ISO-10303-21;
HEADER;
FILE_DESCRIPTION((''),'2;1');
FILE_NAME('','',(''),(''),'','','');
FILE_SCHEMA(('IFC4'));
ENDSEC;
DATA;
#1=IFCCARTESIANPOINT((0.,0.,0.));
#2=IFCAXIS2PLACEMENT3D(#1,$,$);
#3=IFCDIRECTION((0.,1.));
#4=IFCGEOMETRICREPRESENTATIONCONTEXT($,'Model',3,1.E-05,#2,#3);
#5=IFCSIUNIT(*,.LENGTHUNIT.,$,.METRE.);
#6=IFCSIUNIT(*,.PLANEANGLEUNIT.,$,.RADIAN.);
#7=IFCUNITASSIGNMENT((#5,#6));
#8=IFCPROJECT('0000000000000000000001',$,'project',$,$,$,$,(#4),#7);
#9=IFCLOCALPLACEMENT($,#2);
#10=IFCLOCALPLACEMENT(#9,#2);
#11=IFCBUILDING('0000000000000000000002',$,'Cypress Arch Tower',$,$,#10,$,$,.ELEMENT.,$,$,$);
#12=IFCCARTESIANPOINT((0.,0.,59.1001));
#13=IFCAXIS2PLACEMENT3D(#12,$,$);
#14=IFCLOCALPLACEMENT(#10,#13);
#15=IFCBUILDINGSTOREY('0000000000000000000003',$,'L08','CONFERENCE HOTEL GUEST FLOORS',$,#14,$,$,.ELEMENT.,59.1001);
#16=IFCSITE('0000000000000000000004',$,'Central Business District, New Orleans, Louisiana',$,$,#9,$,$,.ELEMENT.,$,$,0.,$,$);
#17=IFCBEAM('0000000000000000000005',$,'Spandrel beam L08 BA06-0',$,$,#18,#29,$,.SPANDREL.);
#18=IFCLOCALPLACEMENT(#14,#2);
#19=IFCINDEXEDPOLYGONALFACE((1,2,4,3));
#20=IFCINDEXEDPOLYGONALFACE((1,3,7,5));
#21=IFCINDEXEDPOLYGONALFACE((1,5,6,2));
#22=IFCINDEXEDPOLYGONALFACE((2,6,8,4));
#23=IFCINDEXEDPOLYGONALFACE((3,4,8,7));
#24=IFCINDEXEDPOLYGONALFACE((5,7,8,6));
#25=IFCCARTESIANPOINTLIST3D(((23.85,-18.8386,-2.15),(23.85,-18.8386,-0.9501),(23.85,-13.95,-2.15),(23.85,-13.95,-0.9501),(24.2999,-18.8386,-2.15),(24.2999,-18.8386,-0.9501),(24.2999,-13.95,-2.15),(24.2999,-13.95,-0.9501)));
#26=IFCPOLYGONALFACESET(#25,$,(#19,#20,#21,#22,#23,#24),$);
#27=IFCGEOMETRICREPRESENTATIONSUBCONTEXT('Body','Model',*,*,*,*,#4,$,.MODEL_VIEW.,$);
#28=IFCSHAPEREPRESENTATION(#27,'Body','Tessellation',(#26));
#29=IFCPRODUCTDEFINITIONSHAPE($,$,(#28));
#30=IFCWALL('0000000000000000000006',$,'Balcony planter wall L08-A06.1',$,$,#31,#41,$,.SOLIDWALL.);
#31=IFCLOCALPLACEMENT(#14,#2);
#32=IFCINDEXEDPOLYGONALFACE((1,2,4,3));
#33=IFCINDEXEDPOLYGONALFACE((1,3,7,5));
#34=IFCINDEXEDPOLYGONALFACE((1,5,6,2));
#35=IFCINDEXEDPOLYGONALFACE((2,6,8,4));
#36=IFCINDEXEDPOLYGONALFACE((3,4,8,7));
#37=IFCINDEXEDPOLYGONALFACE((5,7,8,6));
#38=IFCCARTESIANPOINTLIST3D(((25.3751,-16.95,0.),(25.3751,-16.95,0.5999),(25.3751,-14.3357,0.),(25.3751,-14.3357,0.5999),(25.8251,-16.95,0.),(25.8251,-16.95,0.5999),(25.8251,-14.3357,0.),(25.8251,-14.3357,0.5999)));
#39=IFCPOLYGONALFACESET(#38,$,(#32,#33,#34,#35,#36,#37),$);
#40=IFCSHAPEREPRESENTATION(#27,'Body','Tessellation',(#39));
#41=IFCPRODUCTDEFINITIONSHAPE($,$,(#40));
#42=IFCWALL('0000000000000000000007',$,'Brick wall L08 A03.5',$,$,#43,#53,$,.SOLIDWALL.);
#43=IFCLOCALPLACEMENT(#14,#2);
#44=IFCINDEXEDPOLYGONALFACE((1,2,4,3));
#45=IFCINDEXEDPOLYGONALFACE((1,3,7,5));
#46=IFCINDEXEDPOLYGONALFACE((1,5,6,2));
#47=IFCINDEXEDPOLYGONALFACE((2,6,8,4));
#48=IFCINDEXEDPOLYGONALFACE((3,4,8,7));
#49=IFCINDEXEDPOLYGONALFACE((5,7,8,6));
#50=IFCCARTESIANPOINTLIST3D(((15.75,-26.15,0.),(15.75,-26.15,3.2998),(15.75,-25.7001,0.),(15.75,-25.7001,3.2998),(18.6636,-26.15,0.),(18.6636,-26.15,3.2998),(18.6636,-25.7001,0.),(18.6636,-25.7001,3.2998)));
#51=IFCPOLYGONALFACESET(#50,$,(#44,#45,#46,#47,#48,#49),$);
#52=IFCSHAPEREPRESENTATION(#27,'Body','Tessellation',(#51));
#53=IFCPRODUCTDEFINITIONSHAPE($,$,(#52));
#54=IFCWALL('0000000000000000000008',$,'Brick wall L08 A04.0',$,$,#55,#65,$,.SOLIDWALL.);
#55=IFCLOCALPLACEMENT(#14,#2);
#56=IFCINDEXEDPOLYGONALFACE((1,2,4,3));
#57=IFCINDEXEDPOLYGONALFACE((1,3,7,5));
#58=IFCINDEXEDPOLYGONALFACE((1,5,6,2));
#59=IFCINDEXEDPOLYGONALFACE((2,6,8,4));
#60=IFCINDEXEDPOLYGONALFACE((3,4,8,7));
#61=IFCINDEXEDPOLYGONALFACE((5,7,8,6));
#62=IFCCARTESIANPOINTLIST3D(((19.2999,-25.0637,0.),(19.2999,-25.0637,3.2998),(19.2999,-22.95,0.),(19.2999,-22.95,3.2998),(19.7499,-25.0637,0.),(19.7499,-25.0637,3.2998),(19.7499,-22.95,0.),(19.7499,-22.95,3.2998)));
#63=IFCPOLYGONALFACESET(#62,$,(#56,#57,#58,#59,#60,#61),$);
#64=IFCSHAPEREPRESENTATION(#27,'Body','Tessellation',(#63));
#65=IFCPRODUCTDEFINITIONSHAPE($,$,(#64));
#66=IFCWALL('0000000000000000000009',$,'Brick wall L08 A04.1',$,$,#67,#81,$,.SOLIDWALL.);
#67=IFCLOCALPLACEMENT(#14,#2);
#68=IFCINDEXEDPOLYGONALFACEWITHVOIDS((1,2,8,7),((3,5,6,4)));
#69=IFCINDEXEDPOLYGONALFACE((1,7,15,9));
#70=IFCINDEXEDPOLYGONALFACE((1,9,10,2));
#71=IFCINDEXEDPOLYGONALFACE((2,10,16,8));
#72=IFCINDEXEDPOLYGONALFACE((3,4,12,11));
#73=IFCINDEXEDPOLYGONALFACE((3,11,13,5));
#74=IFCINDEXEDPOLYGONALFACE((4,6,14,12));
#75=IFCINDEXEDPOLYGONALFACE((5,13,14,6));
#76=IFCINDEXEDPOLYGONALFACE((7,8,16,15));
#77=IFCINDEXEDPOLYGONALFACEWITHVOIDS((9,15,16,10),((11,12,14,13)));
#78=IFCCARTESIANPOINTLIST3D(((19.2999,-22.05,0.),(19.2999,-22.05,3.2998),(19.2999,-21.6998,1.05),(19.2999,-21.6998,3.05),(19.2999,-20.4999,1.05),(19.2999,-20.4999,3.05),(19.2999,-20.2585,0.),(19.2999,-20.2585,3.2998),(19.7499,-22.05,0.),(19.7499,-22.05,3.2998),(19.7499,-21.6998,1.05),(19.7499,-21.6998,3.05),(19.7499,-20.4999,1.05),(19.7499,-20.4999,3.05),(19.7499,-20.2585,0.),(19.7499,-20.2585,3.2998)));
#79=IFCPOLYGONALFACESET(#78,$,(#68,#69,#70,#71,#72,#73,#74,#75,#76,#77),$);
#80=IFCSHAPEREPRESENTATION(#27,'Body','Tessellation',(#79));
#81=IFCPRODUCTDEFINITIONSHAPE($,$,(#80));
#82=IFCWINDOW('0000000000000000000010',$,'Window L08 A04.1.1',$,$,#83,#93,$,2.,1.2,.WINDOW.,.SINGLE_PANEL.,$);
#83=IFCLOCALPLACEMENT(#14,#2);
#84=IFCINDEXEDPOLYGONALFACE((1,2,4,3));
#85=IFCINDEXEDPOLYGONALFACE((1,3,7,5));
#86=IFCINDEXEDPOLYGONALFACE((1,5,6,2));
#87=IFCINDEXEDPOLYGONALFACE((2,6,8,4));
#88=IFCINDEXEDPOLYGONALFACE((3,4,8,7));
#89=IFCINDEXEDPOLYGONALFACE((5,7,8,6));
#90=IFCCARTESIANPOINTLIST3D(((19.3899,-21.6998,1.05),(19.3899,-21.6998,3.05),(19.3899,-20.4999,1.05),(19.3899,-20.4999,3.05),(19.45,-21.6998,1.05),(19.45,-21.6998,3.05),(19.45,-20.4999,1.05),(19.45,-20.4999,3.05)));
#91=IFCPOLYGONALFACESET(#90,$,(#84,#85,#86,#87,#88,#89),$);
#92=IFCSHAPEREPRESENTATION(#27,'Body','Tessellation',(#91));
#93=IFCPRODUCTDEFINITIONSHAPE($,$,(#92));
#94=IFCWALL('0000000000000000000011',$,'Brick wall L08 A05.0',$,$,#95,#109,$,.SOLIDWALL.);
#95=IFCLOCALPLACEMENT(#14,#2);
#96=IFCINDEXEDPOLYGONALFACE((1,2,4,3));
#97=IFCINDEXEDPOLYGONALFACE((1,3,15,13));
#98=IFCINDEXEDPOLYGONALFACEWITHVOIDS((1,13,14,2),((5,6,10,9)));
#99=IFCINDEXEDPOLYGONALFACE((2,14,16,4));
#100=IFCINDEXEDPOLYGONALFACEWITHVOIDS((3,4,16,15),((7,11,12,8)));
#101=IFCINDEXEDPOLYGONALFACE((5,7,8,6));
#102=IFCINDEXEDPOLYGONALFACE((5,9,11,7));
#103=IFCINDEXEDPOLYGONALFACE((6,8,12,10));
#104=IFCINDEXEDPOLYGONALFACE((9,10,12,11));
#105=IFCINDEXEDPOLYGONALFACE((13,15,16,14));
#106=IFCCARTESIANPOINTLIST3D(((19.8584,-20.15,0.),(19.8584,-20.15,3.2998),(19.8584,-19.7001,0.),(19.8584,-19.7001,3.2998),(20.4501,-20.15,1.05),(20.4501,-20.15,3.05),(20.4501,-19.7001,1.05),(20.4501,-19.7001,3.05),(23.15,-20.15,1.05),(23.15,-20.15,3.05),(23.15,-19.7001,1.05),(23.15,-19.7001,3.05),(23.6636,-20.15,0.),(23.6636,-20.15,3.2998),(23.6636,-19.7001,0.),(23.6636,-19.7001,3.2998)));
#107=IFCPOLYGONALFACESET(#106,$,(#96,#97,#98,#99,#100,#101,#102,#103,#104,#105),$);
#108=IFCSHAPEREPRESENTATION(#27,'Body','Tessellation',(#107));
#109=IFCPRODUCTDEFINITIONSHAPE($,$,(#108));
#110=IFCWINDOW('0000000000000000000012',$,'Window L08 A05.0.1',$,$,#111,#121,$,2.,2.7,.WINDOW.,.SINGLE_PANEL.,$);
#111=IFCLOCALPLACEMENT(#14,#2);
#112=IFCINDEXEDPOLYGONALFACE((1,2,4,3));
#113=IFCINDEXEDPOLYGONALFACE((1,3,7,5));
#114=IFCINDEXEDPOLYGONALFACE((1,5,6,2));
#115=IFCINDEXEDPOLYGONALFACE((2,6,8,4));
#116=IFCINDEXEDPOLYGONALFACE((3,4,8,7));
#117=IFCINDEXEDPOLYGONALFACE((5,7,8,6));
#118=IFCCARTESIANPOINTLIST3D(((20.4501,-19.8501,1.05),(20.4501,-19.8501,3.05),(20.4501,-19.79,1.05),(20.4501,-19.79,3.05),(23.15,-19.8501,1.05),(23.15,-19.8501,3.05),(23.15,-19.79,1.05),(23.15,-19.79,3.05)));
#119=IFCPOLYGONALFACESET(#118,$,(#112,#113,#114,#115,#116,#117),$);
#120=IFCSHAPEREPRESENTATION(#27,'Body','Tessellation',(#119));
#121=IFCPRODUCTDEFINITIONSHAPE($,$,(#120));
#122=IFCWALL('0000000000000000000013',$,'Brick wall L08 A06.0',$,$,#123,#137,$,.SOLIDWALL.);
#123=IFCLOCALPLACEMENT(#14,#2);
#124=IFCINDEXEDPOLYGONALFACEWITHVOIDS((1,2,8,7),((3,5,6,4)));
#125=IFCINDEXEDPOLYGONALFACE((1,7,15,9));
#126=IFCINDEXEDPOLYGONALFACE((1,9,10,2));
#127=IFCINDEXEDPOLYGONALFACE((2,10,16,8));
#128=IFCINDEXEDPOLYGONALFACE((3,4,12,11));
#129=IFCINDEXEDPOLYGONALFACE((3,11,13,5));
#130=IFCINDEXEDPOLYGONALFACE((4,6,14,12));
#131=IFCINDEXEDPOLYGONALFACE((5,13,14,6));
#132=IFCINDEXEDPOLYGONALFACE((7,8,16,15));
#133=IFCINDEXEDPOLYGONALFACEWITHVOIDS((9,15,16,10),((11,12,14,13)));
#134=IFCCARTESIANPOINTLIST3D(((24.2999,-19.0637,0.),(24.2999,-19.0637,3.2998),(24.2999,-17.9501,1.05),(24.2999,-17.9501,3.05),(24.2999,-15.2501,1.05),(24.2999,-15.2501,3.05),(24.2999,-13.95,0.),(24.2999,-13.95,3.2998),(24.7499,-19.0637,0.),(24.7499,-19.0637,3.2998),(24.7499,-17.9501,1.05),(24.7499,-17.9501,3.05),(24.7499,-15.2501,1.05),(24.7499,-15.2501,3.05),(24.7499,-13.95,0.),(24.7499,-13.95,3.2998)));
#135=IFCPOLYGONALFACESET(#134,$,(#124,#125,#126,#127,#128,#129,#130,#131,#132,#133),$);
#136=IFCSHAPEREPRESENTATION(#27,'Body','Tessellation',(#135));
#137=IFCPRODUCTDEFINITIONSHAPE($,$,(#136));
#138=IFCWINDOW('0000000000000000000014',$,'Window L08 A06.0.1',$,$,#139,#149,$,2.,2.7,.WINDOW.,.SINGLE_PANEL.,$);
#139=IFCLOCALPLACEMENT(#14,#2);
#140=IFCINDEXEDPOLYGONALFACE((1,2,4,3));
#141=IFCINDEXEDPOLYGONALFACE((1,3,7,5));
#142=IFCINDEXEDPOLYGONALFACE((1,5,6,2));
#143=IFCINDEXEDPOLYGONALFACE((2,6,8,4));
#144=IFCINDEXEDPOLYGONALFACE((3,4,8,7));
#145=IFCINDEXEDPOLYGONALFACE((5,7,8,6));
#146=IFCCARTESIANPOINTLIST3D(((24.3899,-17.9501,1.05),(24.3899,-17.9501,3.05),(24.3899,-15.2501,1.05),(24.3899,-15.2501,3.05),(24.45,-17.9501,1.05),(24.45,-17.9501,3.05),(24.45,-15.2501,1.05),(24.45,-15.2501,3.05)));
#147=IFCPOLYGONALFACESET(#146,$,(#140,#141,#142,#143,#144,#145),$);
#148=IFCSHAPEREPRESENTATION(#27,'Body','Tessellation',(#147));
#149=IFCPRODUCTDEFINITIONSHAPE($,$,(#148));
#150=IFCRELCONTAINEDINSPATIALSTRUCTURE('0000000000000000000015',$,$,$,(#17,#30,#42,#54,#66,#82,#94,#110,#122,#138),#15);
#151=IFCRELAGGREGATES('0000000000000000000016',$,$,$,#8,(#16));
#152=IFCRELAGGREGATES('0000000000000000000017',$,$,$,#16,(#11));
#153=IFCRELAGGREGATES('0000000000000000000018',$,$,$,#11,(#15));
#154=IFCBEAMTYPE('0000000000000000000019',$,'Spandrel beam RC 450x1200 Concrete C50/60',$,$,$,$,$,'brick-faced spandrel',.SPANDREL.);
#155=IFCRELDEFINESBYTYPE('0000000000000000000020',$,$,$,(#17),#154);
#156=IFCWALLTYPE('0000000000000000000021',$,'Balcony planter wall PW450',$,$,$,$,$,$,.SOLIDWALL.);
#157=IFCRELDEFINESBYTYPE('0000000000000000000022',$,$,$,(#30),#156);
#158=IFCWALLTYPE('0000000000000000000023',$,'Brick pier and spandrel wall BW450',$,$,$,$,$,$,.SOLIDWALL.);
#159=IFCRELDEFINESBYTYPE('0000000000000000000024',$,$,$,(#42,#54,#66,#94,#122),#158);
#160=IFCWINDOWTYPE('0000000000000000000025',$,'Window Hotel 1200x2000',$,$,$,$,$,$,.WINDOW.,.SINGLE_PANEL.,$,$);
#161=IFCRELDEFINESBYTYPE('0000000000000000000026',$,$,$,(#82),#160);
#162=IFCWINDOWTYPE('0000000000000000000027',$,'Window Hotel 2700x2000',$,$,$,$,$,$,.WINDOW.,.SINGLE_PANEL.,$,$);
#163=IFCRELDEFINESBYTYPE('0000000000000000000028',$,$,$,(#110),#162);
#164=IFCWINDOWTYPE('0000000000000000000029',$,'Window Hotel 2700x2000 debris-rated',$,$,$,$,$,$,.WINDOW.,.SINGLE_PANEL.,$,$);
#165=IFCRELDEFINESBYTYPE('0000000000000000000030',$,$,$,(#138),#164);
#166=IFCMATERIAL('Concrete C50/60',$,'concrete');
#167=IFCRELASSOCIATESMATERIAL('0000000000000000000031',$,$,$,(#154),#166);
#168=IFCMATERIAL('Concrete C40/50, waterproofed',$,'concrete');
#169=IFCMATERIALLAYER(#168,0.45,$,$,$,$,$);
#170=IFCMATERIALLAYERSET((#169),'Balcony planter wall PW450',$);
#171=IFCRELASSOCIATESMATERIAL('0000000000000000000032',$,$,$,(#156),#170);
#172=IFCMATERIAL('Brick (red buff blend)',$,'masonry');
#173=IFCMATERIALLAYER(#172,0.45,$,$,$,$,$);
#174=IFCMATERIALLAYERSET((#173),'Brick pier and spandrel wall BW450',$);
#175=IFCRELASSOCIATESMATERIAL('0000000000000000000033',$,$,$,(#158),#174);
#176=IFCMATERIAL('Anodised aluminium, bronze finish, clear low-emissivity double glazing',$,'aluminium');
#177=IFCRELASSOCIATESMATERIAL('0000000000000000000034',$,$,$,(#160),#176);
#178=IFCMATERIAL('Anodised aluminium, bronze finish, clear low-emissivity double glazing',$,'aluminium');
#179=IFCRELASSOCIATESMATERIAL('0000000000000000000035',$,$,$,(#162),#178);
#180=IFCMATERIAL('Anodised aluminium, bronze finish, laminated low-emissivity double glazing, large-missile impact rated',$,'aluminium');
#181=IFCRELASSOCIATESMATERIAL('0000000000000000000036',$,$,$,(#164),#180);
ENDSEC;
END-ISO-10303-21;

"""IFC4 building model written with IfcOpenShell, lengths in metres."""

from ifc_helpers import new_model, si_unit, direction, frame, frame_2d, origin, origin_2d, place, context, subcontext, project, spatial, rectangle, extrude, material, layer, layer_set, material_profile, profile_set, type_object, element, fill, save


model = new_model("IFC4")

# Units and contexts
model_context = context("Model", 3, precision=1e-05, world=origin(), true_north=direction((0.0, 1.0)))
body_context = subcontext(model_context, "Body", "Model", "MODEL_VIEW")
ifc_project = project(units=[si_unit("LENGTHUNIT", "METRE"), si_unit("PLANEANGLEUNIT", "RADIAN")], contexts=[model_context])

# Site, building, storey
site_placement = place(None, origin())
site = spatial("IfcSite", under=ifc_project, at=site_placement, Name="Central Business District, New Orleans, Louisiana", CompositionType="ELEMENT", RefElevation=0.0)
building_placement = place(site_placement, origin())
building = spatial("IfcBuilding", under=site, at=building_placement, Name="Cypress Arch Tower", CompositionType="ELEMENT")
storey_placement = place(building_placement, frame((0.0, 0.0, 59.1001)))
storey = spatial("IfcBuildingStorey", under=building, at=storey_placement, Name="L08", Description="CONFERENCE HOTEL GUEST FLOORS", CompositionType="ELEMENT", Elevation=59.1001)

# Beam
ifc_material_1 = material(Name="Concrete C50/60", Category="concrete")
ifc_material_profile_1 = material_profile(ifc_material_1, rectangle(XDim=0.45, YDim=1.2, at=origin_2d()), Name="RC 450x1200")
ifc_profile_set_1 = profile_set([ifc_material_profile_1], Name="Concrete C50/60")
beam_type = type_object("IfcBeamType", Name="Spandrel beam RC 450x1200 Concrete C50/60", ElementType="brick-faced spandrel", PredefinedType="SPANDREL", material=ifc_profile_set_1)
beam_1_placement = place(storey_placement, frame((24.075, -18.8386, -1.55), z_axis=(0.0, 1.0, 0.0), x_axis=(-1.0, 0.0, 0.0)))
element("IfcBeam", 1, at=beam_1_placement, inside=storey, type_object=beam_type, Name="Spandrel beam L08 BA06-0", PredefinedType="SPANDREL", context=body_context, shape_type="SweptSolid", body=[
    extrude(rectangle(XDim=0.45, YDim=1.2, at=origin_2d()), origin(), (0.0, 0.0, 1.0), 4.8887),
])

# Walls
ifc_material_2 = material(Name="Concrete C40/50, waterproofed", Category="concrete")
ifc_layer_1 = layer(ifc_material_2, 0.45)
ifc_layer_set_1 = layer_set([ifc_layer_1], Name="Balcony planter wall PW450")
wall_type_1 = type_object("IfcWallType", Name="Balcony planter wall PW450", PredefinedType="SOLIDWALL", material=ifc_layer_set_1)
wall_1_placement = place(storey_placement, frame((25.6001, -16.95, 0.0), z_axis=(0.0, 0.0, 1.0), x_axis=(0.0, 1.0, 0.0)))
element("IfcWall", 2, at=wall_1_placement, inside=storey, type_object=wall_type_1, Name="Balcony planter wall L08-A06.1", PredefinedType="SOLIDWALL", context=body_context, shape_type="SweptSolid", body=[
    extrude(rectangle(XDim=2.6143, YDim=0.45, at=frame_2d((1.3071, 0.0))), origin(), (0.0, 0.0, 1.0), 0.5999),
])
ifc_material_3 = material(Name="Brick (red buff blend)", Category="masonry")
ifc_layer_2 = layer(ifc_material_3, 0.45)
ifc_layer_set_2 = layer_set([ifc_layer_2], Name="Brick pier and spandrel wall BW450")
wall_type_2 = type_object("IfcWallType", Name="Brick pier and spandrel wall BW450", PredefinedType="SOLIDWALL", material=ifc_layer_set_2)
wall_2_placement = place(storey_placement, frame((15.75, -25.925, 0.0), z_axis=(0.0, 0.0, 1.0), x_axis=(1.0, 0.0, 0.0)))
element("IfcWall", 3, at=wall_2_placement, inside=storey, type_object=wall_type_2, Name="Brick wall L08 A03.5", PredefinedType="SOLIDWALL", context=body_context, shape_type="SweptSolid", body=[
    extrude(rectangle(XDim=2.9136, YDim=0.45, at=frame_2d((1.4568, 0.0))), origin(), (0.0, 0.0, 1.0), 3.2998),
])
wall_3_placement = place(storey_placement, frame((19.5249, -25.0637, 0.0), z_axis=(0.0, 0.0, 1.0), x_axis=(0.0, 1.0, 0.0)))
element("IfcWall", 4, at=wall_3_placement, inside=storey, type_object=wall_type_2, Name="Brick wall L08 A04.0", PredefinedType="SOLIDWALL", context=body_context, shape_type="SweptSolid", body=[
    extrude(rectangle(XDim=2.1138, YDim=0.45, at=frame_2d((1.0569, 0.0))), origin(), (0.0, 0.0, 1.0), 3.2998),
])

# Walls, openings, windows
wall_4_placement = place(storey_placement, frame((19.5249, -22.05, 0.0), z_axis=(0.0, 0.0, 1.0), x_axis=(0.0, 1.0, 0.0)))
wall_4 = element("IfcWall", 5, at=wall_4_placement, inside=storey, type_object=wall_type_2, Name="Brick wall L08 A04.1", PredefinedType="SOLIDWALL", context=body_context, shape_type="SweptSolid", body=[
    extrude(rectangle(XDim=1.7915, YDim=0.45, at=frame_2d((0.8958, 0.0))), origin(), (0.0, 0.0, 1.0), 3.2998),
])
opening_1_placement = place(wall_4_placement, frame((0.3501, 0.0, 1.05)))
opening_1 = element("IfcOpeningElement", 6, at=opening_1_placement, cuts=wall_4, PredefinedType="OPENING", context=body_context, shape_type="SweptSolid", body=[
    extrude(rectangle(XDim=1.2, YDim=2.0, at=frame_2d((0.6001, 1.0))), frame((0.0, 0.2349, 0.0), z_axis=(0.0, -1.0, 0.0), x_axis=(1.0, 0.0, 0.0)), (0.0, 0.0, 1.0), 0.47),
])
ifc_material_4 = material(Name="Anodised aluminium, bronze finish, clear low-emissivity double glazing", Category="aluminium")
window_type_1 = type_object("IfcWindowType", Name="Window Hotel 1200x2000", PartitioningType="SINGLE_PANEL", PredefinedType="WINDOW", material=ifc_material_4)
window_1_placement = place(opening_1_placement, origin())
window_1 = element("IfcWindow", 7, at=window_1_placement, inside=storey, type_object=window_type_1, Name="Window L08 A04.1.1", OverallHeight=2.0, OverallWidth=1.2, PartitioningType="SINGLE_PANEL", PredefinedType="WINDOW", context=body_context, shape_type="SweptSolid", body=[
    extrude(rectangle(XDim=1.2, YDim=2.0, at=frame_2d((0.6001, 1.0))), frame((0.0, 0.135, 0.0), z_axis=(0.0, -1.0, 0.0), x_axis=(1.0, 0.0, 0.0)), (0.0, 0.0, 1.0), 0.0601),
])
fill(opening_1, window_1)
wall_5_placement = place(storey_placement, frame((19.8584, -19.925, 0.0), z_axis=(0.0, 0.0, 1.0), x_axis=(1.0, 0.0, 0.0)))
wall_5 = element("IfcWall", 8, at=wall_5_placement, inside=storey, type_object=wall_type_2, Name="Brick wall L08 A05.0", PredefinedType="SOLIDWALL", context=body_context, shape_type="SweptSolid", body=[
    extrude(rectangle(XDim=3.8052, YDim=0.45, at=frame_2d((1.9026, 0.0))), origin(), (0.0, 0.0, 1.0), 3.2998),
])
opening_2_placement = place(wall_5_placement, frame((0.5916, 0.0, 1.05)))
opening_2 = element("IfcOpeningElement", 9, at=opening_2_placement, cuts=wall_5, PredefinedType="OPENING", context=body_context, shape_type="SweptSolid", body=[
    extrude(rectangle(XDim=2.7, YDim=2.0, at=frame_2d((1.3501, 1.0))), frame((0.0, 0.2349, 0.0), z_axis=(0.0, -1.0, 0.0), x_axis=(1.0, 0.0, 0.0)), (0.0, 0.0, 1.0), 0.47),
])
ifc_material_5 = material(Name="Anodised aluminium, bronze finish, clear low-emissivity double glazing", Category="aluminium")
window_type_2 = type_object("IfcWindowType", Name="Window Hotel 2700x2000", PartitioningType="SINGLE_PANEL", PredefinedType="WINDOW", material=ifc_material_5)
window_2_placement = place(opening_2_placement, origin())
window_2 = element("IfcWindow", 10, at=window_2_placement, inside=storey, type_object=window_type_2, Name="Window L08 A05.0.1", OverallHeight=2.0, OverallWidth=2.7, PartitioningType="SINGLE_PANEL", PredefinedType="WINDOW", context=body_context, shape_type="SweptSolid", body=[
    extrude(rectangle(XDim=2.7, YDim=2.0, at=frame_2d((1.3501, 1.0))), frame((0.0, 0.135, 0.0), z_axis=(0.0, -1.0, 0.0), x_axis=(1.0, 0.0, 0.0)), (0.0, 0.0, 1.0), 0.0601),
])
fill(opening_2, window_2)
wall_6_placement = place(storey_placement, frame((24.5249, -19.0637, 0.0), z_axis=(0.0, 0.0, 1.0), x_axis=(0.0, 1.0, 0.0)))
wall_6 = element("IfcWall", 11, at=wall_6_placement, inside=storey, type_object=wall_type_2, Name="Brick wall L08 A06.0", PredefinedType="SOLIDWALL", context=body_context, shape_type="SweptSolid", body=[
    extrude(rectangle(XDim=5.1138, YDim=0.45, at=frame_2d((2.5569, 0.0))), origin(), (0.0, 0.0, 1.0), 3.2998),
])
opening_3_placement = place(wall_6_placement, frame((1.1135, 0.0, 1.05)))
opening_3 = element("IfcOpeningElement", 12, at=opening_3_placement, cuts=wall_6, PredefinedType="OPENING", context=body_context, shape_type="SweptSolid", body=[
    extrude(rectangle(XDim=2.7, YDim=2.0, at=frame_2d((1.3501, 1.0))), frame((0.0, 0.2349, 0.0), z_axis=(0.0, -1.0, 0.0), x_axis=(1.0, 0.0, 0.0)), (0.0, 0.0, 1.0), 0.47),
])
ifc_material_6 = material(Name="Anodised aluminium, bronze finish, laminated low-emissivity double glazing, large-missile impact rated", Category="aluminium")
window_type_3 = type_object("IfcWindowType", Name="Window Hotel 2700x2000 debris-rated", PartitioningType="SINGLE_PANEL", PredefinedType="WINDOW", material=ifc_material_6)
window_3_placement = place(opening_3_placement, origin())
window_3 = element("IfcWindow", 13, at=window_3_placement, inside=storey, type_object=window_type_3, Name="Window L08 A06.0.1", OverallHeight=2.0, OverallWidth=2.7, PartitioningType="SINGLE_PANEL", PredefinedType="WINDOW", context=body_context, shape_type="SweptSolid", body=[
    extrude(rectangle(XDim=2.7, YDim=2.0, at=frame_2d((1.3501, 1.0))), frame((0.0, 0.135, 0.0), z_axis=(0.0, -1.0, 0.0), x_axis=(1.0, 0.0, 0.0)), (0.0, 0.0, 1.0), 0.0601),
])
fill(opening_3, window_3)

save(model, "model.ifc")
